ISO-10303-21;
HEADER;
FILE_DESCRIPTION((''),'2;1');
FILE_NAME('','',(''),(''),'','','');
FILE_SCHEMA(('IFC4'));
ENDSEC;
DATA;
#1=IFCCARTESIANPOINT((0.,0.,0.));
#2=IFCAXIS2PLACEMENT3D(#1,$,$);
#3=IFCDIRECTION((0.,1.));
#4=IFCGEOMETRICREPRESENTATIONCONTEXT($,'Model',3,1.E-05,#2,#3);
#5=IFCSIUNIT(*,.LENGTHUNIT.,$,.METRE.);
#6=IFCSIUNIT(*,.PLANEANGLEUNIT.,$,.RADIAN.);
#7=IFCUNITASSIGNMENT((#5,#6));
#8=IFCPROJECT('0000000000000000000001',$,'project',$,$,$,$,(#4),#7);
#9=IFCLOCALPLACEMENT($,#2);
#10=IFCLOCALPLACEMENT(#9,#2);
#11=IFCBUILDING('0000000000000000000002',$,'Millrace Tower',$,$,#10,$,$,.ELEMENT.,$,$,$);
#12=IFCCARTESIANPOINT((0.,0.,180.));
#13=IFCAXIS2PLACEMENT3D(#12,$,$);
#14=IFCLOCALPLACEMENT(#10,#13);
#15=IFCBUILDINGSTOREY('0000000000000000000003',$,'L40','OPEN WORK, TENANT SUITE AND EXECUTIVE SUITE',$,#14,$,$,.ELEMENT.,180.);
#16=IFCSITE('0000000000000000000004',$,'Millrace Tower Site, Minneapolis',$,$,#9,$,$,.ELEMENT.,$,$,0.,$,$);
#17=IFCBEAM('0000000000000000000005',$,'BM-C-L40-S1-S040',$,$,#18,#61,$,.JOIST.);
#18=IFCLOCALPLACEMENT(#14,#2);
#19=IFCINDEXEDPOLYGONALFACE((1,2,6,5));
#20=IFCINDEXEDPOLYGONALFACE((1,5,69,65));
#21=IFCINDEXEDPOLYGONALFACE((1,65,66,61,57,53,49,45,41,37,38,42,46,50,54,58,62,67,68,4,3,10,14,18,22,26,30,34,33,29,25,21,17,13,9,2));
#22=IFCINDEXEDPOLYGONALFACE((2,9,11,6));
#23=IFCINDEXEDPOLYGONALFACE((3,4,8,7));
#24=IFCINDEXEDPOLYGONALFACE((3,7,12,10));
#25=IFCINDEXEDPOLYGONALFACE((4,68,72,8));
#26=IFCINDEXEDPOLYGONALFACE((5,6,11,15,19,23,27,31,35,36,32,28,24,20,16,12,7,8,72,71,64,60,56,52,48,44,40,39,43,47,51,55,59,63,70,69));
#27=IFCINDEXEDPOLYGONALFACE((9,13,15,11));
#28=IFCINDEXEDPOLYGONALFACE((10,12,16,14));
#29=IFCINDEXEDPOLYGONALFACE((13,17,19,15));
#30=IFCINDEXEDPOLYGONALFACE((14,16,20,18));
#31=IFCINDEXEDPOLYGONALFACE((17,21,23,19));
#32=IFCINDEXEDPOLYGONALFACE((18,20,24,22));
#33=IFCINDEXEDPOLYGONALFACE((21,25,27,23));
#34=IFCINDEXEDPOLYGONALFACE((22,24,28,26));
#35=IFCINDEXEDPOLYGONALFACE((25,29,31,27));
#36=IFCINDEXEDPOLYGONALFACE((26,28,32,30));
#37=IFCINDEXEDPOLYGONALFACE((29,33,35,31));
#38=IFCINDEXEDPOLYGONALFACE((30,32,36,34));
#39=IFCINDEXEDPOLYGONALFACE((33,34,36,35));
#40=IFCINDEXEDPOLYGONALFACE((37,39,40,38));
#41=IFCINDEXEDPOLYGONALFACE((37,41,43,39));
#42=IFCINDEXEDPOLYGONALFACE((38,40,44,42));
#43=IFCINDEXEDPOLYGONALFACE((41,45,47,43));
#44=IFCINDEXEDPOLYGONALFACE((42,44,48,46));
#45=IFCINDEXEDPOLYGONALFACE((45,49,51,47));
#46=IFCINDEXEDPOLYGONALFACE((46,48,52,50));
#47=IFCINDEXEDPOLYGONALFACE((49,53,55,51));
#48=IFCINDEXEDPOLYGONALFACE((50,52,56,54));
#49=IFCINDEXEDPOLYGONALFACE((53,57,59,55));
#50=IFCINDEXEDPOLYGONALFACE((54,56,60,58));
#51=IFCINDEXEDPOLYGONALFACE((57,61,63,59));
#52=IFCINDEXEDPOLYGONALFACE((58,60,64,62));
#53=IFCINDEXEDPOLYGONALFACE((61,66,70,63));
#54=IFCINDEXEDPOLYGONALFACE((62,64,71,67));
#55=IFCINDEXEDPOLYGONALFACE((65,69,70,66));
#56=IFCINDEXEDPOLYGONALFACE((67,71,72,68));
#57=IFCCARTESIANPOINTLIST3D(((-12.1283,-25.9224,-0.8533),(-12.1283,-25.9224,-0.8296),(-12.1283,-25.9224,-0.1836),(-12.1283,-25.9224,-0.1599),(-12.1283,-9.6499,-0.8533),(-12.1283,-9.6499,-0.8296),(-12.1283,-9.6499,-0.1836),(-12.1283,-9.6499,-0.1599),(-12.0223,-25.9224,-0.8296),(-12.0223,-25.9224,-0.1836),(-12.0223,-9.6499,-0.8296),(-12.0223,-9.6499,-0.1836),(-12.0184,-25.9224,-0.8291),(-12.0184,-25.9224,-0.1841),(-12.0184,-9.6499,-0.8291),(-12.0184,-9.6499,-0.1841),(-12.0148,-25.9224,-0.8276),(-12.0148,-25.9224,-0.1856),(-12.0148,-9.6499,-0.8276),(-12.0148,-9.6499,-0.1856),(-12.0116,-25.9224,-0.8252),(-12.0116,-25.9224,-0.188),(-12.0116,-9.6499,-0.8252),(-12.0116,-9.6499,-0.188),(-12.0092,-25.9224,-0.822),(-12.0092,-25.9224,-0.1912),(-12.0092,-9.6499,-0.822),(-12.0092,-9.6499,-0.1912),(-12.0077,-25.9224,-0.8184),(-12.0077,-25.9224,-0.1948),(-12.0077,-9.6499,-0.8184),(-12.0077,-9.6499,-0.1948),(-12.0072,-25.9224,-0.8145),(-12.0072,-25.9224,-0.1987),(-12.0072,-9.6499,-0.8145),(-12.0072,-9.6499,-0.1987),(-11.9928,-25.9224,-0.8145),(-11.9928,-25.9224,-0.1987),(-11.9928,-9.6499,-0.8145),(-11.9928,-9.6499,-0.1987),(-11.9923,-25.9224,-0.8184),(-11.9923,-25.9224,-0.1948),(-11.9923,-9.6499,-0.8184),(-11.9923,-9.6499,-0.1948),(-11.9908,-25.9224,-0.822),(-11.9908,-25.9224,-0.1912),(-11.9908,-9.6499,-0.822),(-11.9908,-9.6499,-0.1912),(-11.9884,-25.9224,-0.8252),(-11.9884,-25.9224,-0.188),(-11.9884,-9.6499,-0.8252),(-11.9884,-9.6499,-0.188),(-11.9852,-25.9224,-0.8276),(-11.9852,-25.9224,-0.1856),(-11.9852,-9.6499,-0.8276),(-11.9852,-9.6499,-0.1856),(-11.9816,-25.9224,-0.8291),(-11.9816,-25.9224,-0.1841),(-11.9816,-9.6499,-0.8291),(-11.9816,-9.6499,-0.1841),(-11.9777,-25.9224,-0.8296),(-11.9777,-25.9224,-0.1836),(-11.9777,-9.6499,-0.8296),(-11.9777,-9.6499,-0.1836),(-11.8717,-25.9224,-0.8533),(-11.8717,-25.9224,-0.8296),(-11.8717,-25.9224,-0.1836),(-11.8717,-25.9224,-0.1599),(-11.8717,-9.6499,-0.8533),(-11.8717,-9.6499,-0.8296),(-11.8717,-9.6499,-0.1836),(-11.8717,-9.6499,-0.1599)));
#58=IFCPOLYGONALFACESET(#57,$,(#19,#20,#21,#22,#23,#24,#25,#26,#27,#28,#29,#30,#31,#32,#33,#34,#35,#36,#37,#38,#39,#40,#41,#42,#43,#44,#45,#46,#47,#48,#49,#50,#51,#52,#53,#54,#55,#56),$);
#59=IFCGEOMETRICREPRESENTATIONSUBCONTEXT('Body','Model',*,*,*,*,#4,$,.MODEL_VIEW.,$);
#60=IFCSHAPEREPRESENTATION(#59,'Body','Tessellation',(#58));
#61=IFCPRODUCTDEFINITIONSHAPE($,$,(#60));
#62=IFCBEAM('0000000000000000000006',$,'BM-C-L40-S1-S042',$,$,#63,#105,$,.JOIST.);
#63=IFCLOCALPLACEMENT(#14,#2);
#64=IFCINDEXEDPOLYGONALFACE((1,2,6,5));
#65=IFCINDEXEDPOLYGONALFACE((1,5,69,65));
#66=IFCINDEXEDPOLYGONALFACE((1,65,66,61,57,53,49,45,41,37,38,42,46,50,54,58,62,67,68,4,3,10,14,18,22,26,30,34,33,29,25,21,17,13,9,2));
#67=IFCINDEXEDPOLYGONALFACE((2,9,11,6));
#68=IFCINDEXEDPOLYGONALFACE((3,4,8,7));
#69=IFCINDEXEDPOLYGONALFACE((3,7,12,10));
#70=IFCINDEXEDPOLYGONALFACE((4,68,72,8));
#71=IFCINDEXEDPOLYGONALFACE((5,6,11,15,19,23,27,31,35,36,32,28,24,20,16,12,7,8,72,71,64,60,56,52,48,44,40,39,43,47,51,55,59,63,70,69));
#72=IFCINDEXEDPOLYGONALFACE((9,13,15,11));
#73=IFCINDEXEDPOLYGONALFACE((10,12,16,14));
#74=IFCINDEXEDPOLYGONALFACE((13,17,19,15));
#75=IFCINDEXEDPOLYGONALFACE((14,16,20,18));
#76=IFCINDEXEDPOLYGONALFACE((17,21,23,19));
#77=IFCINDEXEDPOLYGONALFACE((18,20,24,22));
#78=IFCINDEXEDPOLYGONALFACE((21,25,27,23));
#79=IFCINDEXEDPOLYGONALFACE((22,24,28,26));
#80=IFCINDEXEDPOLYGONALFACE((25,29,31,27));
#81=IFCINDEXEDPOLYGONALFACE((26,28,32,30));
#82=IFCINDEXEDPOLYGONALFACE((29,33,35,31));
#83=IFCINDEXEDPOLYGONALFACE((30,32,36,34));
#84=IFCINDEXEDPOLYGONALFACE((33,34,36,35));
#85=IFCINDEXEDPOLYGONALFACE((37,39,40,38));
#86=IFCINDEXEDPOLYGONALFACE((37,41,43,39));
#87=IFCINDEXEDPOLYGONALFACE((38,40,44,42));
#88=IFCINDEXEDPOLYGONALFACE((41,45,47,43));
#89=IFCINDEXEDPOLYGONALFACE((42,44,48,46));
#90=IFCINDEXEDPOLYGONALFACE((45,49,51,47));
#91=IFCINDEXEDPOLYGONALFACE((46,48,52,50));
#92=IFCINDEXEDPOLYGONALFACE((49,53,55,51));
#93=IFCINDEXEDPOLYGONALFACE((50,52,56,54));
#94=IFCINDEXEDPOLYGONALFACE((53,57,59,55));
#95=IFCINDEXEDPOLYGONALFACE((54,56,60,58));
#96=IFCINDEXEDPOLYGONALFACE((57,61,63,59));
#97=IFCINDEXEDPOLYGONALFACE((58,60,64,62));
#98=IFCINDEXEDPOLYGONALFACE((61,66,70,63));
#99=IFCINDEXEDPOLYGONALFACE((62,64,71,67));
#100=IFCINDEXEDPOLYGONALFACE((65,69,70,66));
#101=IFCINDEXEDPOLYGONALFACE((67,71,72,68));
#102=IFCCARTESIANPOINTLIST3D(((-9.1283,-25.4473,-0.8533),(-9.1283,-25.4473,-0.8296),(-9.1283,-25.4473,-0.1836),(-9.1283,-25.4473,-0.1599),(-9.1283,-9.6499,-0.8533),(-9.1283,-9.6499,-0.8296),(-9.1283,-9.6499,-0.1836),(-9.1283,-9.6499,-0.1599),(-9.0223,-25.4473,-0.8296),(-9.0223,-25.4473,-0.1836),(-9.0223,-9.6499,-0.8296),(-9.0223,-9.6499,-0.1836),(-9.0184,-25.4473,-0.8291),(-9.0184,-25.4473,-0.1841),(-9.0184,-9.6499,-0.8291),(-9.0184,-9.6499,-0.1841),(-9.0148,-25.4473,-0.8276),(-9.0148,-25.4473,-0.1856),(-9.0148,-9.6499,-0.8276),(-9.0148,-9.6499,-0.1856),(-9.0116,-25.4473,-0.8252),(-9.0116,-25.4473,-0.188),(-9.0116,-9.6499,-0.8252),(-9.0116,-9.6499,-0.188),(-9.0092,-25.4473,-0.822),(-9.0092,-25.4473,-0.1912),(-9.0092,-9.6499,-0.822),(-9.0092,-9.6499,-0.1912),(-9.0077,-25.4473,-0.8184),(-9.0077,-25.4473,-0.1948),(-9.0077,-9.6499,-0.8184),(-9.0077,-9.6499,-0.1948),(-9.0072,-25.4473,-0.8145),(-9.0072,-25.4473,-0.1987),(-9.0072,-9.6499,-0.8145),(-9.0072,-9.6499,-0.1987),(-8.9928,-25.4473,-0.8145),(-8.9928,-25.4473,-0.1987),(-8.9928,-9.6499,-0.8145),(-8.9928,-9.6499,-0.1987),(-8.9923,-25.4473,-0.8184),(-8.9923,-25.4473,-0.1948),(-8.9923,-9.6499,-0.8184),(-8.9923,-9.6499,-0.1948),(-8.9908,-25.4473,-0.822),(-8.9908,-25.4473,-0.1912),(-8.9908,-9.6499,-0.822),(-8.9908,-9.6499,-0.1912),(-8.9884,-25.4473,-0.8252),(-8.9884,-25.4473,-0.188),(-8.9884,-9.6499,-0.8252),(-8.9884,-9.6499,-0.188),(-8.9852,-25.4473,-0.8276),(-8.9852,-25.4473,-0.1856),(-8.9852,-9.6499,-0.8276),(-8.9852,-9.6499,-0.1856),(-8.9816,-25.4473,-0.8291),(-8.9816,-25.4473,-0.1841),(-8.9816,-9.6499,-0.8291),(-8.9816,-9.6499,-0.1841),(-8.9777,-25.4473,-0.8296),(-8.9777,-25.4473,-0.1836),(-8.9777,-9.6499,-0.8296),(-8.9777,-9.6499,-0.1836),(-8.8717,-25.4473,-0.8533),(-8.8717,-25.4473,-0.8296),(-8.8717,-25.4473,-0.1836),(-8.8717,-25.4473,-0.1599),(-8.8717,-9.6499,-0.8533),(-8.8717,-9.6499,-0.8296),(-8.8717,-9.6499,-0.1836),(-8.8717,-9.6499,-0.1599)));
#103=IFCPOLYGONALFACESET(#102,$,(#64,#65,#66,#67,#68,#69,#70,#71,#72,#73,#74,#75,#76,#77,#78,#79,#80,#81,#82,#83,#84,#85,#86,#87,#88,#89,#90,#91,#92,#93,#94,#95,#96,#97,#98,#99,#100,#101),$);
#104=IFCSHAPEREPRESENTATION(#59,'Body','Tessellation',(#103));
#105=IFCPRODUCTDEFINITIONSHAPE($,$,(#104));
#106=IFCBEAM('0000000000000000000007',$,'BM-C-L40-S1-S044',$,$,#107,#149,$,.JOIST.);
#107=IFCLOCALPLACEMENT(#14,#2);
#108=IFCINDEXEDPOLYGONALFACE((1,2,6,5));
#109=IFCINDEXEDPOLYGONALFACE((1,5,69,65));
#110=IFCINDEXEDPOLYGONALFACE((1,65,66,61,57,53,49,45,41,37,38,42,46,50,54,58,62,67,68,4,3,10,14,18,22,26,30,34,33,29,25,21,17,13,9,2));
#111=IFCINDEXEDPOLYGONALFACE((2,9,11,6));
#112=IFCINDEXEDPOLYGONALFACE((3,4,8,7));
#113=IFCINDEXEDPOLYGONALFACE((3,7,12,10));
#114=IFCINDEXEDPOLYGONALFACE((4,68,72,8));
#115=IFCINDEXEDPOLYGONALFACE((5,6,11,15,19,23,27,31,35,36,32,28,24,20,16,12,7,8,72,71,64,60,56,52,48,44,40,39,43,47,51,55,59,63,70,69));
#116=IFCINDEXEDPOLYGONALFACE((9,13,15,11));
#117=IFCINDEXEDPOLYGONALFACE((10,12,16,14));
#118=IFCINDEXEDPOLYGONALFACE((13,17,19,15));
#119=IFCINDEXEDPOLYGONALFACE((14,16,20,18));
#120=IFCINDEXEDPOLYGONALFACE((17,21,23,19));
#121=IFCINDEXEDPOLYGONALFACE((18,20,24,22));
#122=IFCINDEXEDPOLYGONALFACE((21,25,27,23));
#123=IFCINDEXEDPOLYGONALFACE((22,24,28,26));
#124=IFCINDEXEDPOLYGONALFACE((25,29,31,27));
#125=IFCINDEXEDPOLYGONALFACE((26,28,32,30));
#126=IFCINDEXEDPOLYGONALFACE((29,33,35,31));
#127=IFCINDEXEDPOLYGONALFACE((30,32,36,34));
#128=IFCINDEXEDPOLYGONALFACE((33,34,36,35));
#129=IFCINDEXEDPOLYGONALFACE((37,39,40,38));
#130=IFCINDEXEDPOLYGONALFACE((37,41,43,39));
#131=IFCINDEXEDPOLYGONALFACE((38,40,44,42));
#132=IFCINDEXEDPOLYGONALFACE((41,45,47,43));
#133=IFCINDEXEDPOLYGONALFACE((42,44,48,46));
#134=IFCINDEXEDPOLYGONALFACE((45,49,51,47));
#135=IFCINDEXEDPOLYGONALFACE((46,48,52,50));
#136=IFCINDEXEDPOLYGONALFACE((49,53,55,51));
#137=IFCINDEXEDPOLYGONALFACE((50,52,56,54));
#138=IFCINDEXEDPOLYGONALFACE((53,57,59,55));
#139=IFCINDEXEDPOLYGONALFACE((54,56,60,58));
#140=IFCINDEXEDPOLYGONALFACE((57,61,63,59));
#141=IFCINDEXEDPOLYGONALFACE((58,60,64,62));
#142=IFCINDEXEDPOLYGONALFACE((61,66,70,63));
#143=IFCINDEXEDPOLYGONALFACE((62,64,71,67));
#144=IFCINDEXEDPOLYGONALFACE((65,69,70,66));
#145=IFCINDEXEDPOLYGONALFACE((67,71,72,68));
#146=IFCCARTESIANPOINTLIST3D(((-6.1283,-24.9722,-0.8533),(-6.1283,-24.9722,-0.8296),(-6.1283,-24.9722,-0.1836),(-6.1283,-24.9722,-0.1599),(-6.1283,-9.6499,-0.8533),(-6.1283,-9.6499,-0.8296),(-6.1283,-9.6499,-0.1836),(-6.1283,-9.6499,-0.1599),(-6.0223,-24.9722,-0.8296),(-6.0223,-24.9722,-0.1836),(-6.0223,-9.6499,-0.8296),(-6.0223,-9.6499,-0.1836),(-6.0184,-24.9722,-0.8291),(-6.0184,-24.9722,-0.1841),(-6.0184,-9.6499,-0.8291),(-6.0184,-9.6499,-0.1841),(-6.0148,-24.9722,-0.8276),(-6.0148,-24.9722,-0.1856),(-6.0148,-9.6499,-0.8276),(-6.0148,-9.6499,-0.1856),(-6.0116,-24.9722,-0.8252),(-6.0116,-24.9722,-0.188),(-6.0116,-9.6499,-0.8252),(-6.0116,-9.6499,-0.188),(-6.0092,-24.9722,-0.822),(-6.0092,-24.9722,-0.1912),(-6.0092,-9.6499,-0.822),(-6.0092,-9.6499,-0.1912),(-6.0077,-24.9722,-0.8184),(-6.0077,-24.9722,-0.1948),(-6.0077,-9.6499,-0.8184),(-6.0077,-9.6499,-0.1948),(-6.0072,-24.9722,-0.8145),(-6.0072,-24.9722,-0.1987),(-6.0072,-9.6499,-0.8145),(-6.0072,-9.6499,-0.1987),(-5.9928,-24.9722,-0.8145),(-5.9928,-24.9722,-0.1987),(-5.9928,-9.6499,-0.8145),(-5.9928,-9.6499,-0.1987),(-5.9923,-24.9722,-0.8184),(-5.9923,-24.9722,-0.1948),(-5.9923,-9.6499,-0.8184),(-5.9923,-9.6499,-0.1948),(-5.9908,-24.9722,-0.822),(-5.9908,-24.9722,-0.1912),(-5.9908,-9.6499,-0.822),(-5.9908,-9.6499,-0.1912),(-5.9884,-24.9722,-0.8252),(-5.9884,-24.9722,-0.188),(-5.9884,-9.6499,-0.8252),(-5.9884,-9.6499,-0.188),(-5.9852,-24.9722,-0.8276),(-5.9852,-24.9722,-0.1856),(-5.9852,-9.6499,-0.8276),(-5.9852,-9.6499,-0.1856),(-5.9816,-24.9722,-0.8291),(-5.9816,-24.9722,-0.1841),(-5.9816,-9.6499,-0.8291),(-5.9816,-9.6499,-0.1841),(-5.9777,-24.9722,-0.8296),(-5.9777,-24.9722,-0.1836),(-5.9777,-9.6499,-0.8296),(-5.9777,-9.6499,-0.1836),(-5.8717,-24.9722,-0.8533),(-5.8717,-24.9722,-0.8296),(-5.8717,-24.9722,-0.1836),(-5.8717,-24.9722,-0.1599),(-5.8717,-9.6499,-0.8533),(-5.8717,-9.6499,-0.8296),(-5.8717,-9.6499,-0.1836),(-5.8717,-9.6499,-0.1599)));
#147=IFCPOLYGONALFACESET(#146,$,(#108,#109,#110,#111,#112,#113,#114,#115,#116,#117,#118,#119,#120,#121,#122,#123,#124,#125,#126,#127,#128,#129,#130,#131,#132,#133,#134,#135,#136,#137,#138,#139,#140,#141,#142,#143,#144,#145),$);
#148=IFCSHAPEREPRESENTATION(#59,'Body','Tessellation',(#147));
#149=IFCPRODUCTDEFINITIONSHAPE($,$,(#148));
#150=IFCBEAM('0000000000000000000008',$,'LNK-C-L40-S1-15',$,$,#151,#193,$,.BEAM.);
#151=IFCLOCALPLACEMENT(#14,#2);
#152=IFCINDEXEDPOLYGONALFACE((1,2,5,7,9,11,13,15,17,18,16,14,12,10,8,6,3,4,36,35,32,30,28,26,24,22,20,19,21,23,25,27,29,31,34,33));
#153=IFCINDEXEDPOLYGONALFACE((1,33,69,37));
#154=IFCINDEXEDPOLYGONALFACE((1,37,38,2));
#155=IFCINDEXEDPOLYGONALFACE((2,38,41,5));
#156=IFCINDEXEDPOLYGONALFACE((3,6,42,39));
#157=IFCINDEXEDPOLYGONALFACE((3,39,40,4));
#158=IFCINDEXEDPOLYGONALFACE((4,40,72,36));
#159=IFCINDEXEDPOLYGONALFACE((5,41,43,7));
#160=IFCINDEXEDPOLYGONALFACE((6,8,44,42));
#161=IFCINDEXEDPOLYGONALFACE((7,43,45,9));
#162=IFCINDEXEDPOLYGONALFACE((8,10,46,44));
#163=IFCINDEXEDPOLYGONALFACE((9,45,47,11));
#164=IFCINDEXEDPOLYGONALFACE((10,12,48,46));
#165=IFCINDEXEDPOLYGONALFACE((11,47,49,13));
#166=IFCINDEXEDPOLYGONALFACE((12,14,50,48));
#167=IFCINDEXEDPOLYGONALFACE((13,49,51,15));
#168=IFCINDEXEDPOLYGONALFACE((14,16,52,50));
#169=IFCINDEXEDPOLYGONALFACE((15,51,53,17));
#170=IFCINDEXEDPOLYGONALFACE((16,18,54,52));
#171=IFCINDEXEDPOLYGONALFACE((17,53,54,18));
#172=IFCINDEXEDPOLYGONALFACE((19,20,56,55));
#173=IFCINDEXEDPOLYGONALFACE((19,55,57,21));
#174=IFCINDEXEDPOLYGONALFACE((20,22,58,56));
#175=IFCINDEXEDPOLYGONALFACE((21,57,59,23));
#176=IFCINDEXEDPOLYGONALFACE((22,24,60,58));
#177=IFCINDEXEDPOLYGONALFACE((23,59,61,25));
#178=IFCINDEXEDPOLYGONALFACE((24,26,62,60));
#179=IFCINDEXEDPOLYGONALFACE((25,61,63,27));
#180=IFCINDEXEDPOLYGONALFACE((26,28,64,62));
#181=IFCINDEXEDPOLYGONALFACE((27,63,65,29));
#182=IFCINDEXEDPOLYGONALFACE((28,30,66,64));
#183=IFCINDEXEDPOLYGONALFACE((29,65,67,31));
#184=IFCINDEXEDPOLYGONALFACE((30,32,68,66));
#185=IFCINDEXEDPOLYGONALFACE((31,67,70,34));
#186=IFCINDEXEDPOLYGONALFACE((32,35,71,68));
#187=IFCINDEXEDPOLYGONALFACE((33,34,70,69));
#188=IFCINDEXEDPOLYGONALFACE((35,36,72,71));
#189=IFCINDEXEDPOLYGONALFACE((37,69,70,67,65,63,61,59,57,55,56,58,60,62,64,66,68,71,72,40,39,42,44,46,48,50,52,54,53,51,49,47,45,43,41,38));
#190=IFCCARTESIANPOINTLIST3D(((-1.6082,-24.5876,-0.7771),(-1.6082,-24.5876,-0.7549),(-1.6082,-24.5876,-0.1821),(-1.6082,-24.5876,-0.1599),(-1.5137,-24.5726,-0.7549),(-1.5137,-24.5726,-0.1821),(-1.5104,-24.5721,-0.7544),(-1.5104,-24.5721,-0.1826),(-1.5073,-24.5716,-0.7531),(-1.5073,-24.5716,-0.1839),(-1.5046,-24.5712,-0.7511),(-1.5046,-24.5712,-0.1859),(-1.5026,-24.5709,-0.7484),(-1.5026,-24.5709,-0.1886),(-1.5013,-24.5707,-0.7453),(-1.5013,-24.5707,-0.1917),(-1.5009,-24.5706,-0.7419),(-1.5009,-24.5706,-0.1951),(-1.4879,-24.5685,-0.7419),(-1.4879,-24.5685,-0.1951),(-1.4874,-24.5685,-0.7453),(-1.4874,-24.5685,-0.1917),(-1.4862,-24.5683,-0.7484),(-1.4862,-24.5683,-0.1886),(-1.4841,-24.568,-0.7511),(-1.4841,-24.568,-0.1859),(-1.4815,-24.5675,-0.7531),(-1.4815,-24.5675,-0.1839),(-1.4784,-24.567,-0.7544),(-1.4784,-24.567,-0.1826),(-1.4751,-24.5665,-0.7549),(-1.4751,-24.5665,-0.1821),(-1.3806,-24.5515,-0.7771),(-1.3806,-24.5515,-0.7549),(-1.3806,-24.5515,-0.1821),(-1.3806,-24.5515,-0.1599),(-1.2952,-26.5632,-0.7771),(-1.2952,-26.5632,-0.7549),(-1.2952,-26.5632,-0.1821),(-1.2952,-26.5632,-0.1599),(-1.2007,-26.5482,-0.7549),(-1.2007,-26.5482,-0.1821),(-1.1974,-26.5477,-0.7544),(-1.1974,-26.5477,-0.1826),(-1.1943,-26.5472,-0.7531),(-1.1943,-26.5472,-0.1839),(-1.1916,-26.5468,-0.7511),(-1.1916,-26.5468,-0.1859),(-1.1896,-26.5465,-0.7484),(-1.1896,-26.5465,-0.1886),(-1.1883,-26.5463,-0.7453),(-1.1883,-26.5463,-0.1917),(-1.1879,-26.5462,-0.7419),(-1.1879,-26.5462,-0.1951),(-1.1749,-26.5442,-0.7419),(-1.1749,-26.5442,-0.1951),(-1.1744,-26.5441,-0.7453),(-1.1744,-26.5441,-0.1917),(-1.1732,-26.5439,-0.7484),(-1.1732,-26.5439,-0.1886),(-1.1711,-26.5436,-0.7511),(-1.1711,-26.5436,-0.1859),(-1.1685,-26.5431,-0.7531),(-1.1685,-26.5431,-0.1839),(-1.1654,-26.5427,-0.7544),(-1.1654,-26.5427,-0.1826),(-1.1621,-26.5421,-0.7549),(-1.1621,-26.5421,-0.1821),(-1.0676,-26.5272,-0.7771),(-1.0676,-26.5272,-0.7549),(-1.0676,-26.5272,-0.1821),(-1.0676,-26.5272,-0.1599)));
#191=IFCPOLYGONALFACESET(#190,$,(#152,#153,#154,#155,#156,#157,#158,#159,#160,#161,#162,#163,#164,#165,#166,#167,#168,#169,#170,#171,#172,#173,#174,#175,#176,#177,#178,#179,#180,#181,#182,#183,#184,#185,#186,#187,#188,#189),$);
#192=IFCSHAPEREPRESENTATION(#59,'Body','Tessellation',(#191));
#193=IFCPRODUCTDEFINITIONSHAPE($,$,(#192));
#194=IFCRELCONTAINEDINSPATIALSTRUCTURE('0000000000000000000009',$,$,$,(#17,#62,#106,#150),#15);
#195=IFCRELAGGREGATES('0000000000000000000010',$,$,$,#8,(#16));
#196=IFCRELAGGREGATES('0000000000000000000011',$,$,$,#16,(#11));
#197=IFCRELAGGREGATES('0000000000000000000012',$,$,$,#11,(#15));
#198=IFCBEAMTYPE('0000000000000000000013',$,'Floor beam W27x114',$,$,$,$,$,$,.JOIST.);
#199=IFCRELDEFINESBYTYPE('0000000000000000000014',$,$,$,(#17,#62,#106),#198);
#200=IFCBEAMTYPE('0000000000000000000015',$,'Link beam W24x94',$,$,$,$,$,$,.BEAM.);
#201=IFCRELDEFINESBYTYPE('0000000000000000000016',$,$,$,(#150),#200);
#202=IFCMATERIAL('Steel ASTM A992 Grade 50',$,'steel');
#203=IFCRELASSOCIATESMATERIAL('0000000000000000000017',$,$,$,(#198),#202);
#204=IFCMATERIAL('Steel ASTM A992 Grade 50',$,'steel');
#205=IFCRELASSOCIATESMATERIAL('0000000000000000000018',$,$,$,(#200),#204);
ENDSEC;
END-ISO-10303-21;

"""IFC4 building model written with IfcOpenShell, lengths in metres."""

from ifc_helpers import new_model, si_unit, direction, frame, origin, origin_2d, place, context, subcontext, project, spatial, i_section, extrude, material, material_profile, profile_set, type_object, element, save


model = new_model("IFC4")

# Units and contexts
model_context = context("Model", 3, precision=1e-05, world=origin(), true_north=direction((0.0, 1.0)))
body_context = subcontext(model_context, "Body", "Model", "MODEL_VIEW")
ifc_project = project(units=[si_unit("LENGTHUNIT", "METRE"), si_unit("PLANEANGLEUNIT", "RADIAN")], contexts=[model_context])

# Site, building, storey
site_placement = place(None, origin())
site = spatial("IfcSite", under=ifc_project, at=site_placement, Name="Millrace Tower Site, Minneapolis", CompositionType="ELEMENT", RefElevation=0.0)
building_placement = place(site_placement, origin())
building = spatial("IfcBuilding", under=site, at=building_placement, Name="Millrace Tower", CompositionType="ELEMENT")
storey_placement = place(building_placement, frame((0.0, 0.0, 180.0)))
storey = spatial("IfcBuildingStorey", under=building, at=storey_placement, Name="L40", Description="OPEN WORK, TENANT SUITE AND EXECUTIVE SUITE", CompositionType="ELEMENT", Elevation=180.0)

# Beams
ifc_material_1 = material(Name="Steel ASTM A992 Grade 50", Category="steel")
ifc_material_profile_1 = material_profile(ifc_material_1, i_section(OverallWidth=0.2566, OverallDepth=0.6934, WebThickness=0.0144, FlangeThickness=0.0237, FilletRadius=0.0151, at=origin_2d()))
ifc_profile_set_1 = profile_set([ifc_material_profile_1], Name="Steel ASTM A992 Grade 50")
beam_type_1 = type_object("IfcBeamType", Name="Floor beam W27x114", PredefinedType="JOIST", material=ifc_profile_set_1)
beam_1_placement = place(storey_placement, frame((-12.0, -25.9224, -0.5066), z_axis=(0.0, 1.0, 0.0), x_axis=(-1.0, 0.0, 0.0)))
element("IfcBeam", 1, at=beam_1_placement, inside=storey, type_object=beam_type_1, Name="BM-C-L40-S1-S040", PredefinedType="JOIST", context=body_context, shape_type="SweptSolid", body=[
    extrude(i_section(OverallWidth=0.2566, OverallDepth=0.6934, WebThickness=0.0144, FlangeThickness=0.0237, FilletRadius=0.0151, at=origin_2d()), origin(), (0.0, 0.0, 1.0), 16.2725),
])
beam_2_placement = place(storey_placement, frame((-9.0, -25.4473, -0.5066), z_axis=(0.0, 1.0, 0.0), x_axis=(-1.0, 0.0, 0.0)))
element("IfcBeam", 2, at=beam_2_placement, inside=storey, type_object=beam_type_1, Name="BM-C-L40-S1-S042", PredefinedType="JOIST", context=body_context, shape_type="SweptSolid", body=[
    extrude(i_section(OverallWidth=0.2566, OverallDepth=0.6934, WebThickness=0.0144, FlangeThickness=0.0237, FilletRadius=0.0151, at=origin_2d()), origin(), (0.0, 0.0, 1.0), 15.7974),
])
beam_3_placement = place(storey_placement, frame((-6.0, -24.9722, -0.5066), z_axis=(0.0, 1.0, 0.0), x_axis=(-1.0, 0.0, 0.0)))
element("IfcBeam", 3, at=beam_3_placement, inside=storey, type_object=beam_type_1, Name="BM-C-L40-S1-S044", PredefinedType="JOIST", context=body_context, shape_type="SweptSolid", body=[
    extrude(i_section(OverallWidth=0.2566, OverallDepth=0.6934, WebThickness=0.0144, FlangeThickness=0.0237, FilletRadius=0.0151, at=origin_2d()), origin(), (0.0, 0.0, 1.0), 15.3223),
])
ifc_material_2 = material(Name="Steel ASTM A992 Grade 50", Category="steel")
ifc_material_profile_2 = material_profile(ifc_material_2, i_section(OverallWidth=0.2305, OverallDepth=0.6172, WebThickness=0.0132, FlangeThickness=0.0222, FilletRadius=0.0129, at=origin_2d()))
ifc_profile_set_2 = profile_set([ifc_material_profile_2], Name="Steel ASTM A992 Grade 50")
beam_type_2 = type_object("IfcBeamType", Name="Link beam W24x94", PredefinedType="BEAM", material=ifc_profile_set_2)
beam_4_placement = place(storey_placement, frame((-1.4944, -24.5696, -0.4685), z_axis=(0.156477, -0.987682, 0.0), x_axis=(0.987682, 0.156477, 0.0)))
element("IfcBeam", 4, at=beam_4_placement, inside=storey, type_object=beam_type_2, Name="LNK-C-L40-S1-15", PredefinedType="BEAM", context=body_context, shape_type="SweptSolid", body=[
    extrude(i_section(OverallWidth=0.2305, OverallDepth=0.6172, WebThickness=0.0132, FlangeThickness=0.0222, FilletRadius=0.0129, at=origin_2d()), origin(), (0.0, 0.0, 1.0), 2.0002),
])

save(model, "model.ifc")
